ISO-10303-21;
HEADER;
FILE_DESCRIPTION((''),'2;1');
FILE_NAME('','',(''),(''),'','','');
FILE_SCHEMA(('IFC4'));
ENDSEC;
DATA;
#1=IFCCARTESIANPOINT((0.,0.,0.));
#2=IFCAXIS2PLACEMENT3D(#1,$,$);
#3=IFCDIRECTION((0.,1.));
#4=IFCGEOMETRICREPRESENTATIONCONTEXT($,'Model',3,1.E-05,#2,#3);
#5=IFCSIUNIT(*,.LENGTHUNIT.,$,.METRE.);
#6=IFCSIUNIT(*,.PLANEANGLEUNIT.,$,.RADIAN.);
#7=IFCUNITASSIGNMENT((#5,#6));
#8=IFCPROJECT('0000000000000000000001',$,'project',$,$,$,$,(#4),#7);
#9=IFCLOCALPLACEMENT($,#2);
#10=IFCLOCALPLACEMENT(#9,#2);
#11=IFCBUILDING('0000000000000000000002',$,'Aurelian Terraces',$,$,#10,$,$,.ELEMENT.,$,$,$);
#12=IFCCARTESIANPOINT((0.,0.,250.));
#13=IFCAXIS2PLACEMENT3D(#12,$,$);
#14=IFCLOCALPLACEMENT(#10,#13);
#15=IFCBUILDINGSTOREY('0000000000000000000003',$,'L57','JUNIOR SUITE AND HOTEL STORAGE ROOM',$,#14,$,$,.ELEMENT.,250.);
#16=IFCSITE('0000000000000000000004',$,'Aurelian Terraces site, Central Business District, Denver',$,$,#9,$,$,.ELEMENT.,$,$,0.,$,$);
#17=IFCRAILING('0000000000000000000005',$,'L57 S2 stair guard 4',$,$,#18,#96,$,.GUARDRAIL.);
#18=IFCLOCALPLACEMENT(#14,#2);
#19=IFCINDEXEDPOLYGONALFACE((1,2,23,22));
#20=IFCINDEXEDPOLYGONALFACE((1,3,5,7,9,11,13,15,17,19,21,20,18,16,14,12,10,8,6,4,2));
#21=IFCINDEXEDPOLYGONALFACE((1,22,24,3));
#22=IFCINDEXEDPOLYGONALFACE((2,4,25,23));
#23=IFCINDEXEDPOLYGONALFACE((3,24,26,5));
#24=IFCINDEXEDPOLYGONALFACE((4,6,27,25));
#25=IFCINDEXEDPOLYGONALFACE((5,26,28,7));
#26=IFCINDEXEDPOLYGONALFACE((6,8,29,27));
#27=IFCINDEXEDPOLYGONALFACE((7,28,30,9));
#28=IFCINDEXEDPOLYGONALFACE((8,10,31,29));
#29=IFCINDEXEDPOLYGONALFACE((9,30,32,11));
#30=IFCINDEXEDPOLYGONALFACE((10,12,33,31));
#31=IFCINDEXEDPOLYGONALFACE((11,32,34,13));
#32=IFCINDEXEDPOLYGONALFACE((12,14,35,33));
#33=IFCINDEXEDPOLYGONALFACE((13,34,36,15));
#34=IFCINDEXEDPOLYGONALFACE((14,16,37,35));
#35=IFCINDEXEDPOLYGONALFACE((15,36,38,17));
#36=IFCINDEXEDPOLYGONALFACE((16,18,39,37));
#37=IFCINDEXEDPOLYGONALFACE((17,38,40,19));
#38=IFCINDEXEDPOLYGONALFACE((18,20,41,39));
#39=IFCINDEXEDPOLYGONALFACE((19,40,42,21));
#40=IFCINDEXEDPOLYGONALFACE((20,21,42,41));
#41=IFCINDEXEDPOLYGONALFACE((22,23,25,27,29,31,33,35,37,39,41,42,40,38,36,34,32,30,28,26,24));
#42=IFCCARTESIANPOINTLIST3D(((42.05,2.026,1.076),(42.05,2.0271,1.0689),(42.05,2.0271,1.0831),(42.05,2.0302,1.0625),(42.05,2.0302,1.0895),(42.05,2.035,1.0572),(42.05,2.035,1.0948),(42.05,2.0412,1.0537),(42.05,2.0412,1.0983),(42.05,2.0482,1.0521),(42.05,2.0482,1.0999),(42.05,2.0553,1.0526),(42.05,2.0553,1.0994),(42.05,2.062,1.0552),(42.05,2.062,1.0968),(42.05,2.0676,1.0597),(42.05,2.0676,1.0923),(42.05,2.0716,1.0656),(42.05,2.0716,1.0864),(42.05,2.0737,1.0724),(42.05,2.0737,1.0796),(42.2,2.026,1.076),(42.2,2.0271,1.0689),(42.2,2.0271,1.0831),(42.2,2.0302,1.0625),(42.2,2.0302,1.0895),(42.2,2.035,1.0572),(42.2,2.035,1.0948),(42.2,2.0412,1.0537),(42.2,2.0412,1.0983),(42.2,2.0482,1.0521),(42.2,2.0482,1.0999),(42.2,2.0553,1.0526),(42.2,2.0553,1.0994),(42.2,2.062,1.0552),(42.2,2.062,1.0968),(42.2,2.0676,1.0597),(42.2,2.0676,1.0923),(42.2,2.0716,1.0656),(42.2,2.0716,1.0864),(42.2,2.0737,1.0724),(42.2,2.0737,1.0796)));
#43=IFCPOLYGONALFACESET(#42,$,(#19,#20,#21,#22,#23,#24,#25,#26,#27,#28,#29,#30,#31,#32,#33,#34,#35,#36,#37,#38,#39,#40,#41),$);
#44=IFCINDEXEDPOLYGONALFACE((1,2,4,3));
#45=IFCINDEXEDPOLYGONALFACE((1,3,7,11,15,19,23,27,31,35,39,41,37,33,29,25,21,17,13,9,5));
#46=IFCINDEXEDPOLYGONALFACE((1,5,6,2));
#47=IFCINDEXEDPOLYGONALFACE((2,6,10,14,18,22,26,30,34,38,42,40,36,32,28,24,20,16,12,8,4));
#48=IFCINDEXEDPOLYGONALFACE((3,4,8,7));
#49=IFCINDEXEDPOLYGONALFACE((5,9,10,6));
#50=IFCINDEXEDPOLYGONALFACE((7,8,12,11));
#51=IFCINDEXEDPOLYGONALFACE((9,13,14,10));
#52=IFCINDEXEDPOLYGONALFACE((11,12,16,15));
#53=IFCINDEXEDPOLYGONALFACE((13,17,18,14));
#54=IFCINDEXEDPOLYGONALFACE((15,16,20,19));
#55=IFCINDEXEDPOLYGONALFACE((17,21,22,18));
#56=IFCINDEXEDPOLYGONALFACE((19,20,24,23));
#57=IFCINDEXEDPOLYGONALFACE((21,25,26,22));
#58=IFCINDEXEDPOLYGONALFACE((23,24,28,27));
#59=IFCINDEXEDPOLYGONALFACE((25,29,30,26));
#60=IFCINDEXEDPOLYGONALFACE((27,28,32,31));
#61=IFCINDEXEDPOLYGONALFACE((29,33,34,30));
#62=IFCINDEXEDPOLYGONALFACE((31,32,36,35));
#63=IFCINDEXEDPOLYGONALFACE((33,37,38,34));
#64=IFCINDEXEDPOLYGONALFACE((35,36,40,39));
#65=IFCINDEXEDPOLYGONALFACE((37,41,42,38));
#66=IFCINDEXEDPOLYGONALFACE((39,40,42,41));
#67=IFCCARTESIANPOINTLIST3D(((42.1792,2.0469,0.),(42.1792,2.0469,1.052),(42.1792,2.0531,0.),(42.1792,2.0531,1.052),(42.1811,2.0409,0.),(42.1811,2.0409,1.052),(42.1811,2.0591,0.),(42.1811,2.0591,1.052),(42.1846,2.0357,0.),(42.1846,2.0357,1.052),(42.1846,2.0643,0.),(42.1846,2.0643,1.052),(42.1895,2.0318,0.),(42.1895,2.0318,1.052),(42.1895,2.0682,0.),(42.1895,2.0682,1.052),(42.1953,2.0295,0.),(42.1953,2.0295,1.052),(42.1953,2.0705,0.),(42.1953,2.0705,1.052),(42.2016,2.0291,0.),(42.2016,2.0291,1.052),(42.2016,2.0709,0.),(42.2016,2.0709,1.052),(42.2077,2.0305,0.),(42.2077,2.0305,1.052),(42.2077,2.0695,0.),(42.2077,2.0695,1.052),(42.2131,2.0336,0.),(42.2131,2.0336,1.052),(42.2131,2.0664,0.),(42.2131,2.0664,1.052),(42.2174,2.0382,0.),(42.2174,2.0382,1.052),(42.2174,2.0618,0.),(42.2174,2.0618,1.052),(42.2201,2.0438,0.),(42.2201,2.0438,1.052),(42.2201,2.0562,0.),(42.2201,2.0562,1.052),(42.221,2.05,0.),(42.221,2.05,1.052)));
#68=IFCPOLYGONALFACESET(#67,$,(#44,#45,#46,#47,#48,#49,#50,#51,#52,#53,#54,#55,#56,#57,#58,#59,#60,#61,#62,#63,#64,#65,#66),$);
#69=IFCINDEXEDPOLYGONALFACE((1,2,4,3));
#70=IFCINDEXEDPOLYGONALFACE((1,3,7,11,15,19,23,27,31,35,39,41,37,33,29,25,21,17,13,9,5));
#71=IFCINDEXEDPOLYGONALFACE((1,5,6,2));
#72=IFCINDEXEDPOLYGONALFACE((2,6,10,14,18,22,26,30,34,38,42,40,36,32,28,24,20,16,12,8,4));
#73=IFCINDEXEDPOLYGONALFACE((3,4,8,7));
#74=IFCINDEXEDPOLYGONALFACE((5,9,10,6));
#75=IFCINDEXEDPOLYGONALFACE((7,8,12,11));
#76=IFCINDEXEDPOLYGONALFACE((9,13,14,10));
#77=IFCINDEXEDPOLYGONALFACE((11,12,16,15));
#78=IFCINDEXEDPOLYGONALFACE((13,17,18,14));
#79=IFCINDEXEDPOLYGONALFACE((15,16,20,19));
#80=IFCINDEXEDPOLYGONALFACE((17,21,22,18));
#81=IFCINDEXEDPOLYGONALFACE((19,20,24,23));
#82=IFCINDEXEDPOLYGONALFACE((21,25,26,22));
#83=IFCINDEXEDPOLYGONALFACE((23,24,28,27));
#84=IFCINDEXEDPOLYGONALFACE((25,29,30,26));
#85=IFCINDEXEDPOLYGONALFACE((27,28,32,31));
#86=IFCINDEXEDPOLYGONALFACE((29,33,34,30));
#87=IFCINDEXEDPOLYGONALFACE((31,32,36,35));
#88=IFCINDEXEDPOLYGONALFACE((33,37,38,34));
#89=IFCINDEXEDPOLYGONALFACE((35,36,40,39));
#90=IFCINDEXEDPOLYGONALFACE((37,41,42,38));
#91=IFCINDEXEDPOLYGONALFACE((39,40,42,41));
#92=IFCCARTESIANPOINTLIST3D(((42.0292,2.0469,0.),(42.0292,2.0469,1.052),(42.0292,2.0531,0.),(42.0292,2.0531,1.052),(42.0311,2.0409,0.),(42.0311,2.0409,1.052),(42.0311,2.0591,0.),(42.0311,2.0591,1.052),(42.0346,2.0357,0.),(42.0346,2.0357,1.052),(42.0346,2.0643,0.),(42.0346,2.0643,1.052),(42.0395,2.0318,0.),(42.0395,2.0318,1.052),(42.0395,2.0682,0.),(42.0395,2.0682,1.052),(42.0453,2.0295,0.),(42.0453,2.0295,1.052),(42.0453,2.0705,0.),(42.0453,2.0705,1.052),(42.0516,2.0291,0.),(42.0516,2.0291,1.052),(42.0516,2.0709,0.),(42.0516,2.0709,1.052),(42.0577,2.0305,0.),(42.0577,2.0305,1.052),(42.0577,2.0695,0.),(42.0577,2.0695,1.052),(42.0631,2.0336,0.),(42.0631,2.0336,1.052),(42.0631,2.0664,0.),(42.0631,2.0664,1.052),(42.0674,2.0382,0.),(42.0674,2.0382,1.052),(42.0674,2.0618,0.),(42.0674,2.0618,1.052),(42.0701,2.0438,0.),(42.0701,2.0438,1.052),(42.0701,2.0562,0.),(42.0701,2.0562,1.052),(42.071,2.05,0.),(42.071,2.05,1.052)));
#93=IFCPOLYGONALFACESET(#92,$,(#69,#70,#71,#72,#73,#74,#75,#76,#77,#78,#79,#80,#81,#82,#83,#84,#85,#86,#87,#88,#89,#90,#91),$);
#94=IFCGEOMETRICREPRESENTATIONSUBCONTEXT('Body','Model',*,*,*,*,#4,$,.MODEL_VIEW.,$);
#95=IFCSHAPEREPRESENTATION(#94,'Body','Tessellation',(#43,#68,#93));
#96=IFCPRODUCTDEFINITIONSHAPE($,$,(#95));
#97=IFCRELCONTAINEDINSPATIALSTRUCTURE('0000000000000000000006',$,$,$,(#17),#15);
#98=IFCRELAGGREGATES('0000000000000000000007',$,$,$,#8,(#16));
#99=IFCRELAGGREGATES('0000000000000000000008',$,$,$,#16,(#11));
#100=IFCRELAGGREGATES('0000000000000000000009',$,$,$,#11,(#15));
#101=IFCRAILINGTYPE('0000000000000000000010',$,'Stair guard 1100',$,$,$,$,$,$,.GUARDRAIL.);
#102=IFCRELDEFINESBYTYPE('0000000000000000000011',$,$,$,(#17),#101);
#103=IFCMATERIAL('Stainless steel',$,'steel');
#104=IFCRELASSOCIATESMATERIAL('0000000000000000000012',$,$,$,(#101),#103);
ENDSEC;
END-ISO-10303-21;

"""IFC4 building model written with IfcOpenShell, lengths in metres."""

from ifc_helpers import new_model, si_unit, direction, frame, origin, origin_2d, place, context, subcontext, project, spatial, circle, extrude, source, transform, mapped, material, type_object, element, save


model = new_model("IFC4")

# Units and contexts
model_context = context("Model", 3, precision=1e-05, world=origin(), true_north=direction((0.0, 1.0)))
body_context = subcontext(model_context, "Body", "Model", "MODEL_VIEW")
ifc_project = project(units=[si_unit("LENGTHUNIT", "METRE"), si_unit("PLANEANGLEUNIT", "RADIAN")], contexts=[model_context])

# Site, building, storey
site_placement = place(None, origin())
site = spatial("IfcSite", under=ifc_project, at=site_placement, Name="Aurelian Terraces site, Central Business District, Denver", CompositionType="ELEMENT", RefElevation=0.0)
building_placement = place(site_placement, origin())
building = spatial("IfcBuilding", under=site, at=building_placement, Name="Aurelian Terraces", CompositionType="ELEMENT")
storey_placement = place(building_placement, frame((0.0, 0.0, 250.0)))
storey = spatial("IfcBuildingStorey", under=building, at=storey_placement, Name="L57", Description="JUNIOR SUITE AND HOTEL STORAGE ROOM", CompositionType="ELEMENT", Elevation=250.0)

# Railing
ifc_material_1 = material(Name="Stainless steel", Category="steel")
railing_type_1 = type_object("IfcRailingType", Name="Stair guard 1100", PredefinedType="GUARDRAIL", material=ifc_material_1)
shared_shape_1 = source(origin(), body_context, "Body", "SweptSolid", [
    extrude(circle(Radius=0.024, at=origin_2d()), frame((0.0, 0.0, 1.076), z_axis=(-1.0, 0.0, 0.0), x_axis=(0.0, -1.0, 0.0)), (0.0, 0.0, 1.0), 0.15),
    extrude(circle(Radius=0.021, at=origin_2d()), origin(), (0.0, 0.0, 1.0), 1.052),
    extrude(circle(Radius=0.021, at=origin_2d()), frame((-0.15, 0.0, 0.0)), (0.0, 0.0, 1.0), 1.052),
])
railing_1_placement = place(storey_placement, frame((42.2, 2.05, 0.0)))
element("IfcRailing", 1, at=railing_1_placement, inside=storey, type_object=railing_type_1, Name="L57 S2 stair guard 4", PredefinedType="GUARDRAIL", context=body_context, shape_type="MappedRepresentation", body=[
    mapped(shared_shape_1, transform((0.0, 0.0, 0.0), scale=1.0)),
])

save(model, "model.ifc")
